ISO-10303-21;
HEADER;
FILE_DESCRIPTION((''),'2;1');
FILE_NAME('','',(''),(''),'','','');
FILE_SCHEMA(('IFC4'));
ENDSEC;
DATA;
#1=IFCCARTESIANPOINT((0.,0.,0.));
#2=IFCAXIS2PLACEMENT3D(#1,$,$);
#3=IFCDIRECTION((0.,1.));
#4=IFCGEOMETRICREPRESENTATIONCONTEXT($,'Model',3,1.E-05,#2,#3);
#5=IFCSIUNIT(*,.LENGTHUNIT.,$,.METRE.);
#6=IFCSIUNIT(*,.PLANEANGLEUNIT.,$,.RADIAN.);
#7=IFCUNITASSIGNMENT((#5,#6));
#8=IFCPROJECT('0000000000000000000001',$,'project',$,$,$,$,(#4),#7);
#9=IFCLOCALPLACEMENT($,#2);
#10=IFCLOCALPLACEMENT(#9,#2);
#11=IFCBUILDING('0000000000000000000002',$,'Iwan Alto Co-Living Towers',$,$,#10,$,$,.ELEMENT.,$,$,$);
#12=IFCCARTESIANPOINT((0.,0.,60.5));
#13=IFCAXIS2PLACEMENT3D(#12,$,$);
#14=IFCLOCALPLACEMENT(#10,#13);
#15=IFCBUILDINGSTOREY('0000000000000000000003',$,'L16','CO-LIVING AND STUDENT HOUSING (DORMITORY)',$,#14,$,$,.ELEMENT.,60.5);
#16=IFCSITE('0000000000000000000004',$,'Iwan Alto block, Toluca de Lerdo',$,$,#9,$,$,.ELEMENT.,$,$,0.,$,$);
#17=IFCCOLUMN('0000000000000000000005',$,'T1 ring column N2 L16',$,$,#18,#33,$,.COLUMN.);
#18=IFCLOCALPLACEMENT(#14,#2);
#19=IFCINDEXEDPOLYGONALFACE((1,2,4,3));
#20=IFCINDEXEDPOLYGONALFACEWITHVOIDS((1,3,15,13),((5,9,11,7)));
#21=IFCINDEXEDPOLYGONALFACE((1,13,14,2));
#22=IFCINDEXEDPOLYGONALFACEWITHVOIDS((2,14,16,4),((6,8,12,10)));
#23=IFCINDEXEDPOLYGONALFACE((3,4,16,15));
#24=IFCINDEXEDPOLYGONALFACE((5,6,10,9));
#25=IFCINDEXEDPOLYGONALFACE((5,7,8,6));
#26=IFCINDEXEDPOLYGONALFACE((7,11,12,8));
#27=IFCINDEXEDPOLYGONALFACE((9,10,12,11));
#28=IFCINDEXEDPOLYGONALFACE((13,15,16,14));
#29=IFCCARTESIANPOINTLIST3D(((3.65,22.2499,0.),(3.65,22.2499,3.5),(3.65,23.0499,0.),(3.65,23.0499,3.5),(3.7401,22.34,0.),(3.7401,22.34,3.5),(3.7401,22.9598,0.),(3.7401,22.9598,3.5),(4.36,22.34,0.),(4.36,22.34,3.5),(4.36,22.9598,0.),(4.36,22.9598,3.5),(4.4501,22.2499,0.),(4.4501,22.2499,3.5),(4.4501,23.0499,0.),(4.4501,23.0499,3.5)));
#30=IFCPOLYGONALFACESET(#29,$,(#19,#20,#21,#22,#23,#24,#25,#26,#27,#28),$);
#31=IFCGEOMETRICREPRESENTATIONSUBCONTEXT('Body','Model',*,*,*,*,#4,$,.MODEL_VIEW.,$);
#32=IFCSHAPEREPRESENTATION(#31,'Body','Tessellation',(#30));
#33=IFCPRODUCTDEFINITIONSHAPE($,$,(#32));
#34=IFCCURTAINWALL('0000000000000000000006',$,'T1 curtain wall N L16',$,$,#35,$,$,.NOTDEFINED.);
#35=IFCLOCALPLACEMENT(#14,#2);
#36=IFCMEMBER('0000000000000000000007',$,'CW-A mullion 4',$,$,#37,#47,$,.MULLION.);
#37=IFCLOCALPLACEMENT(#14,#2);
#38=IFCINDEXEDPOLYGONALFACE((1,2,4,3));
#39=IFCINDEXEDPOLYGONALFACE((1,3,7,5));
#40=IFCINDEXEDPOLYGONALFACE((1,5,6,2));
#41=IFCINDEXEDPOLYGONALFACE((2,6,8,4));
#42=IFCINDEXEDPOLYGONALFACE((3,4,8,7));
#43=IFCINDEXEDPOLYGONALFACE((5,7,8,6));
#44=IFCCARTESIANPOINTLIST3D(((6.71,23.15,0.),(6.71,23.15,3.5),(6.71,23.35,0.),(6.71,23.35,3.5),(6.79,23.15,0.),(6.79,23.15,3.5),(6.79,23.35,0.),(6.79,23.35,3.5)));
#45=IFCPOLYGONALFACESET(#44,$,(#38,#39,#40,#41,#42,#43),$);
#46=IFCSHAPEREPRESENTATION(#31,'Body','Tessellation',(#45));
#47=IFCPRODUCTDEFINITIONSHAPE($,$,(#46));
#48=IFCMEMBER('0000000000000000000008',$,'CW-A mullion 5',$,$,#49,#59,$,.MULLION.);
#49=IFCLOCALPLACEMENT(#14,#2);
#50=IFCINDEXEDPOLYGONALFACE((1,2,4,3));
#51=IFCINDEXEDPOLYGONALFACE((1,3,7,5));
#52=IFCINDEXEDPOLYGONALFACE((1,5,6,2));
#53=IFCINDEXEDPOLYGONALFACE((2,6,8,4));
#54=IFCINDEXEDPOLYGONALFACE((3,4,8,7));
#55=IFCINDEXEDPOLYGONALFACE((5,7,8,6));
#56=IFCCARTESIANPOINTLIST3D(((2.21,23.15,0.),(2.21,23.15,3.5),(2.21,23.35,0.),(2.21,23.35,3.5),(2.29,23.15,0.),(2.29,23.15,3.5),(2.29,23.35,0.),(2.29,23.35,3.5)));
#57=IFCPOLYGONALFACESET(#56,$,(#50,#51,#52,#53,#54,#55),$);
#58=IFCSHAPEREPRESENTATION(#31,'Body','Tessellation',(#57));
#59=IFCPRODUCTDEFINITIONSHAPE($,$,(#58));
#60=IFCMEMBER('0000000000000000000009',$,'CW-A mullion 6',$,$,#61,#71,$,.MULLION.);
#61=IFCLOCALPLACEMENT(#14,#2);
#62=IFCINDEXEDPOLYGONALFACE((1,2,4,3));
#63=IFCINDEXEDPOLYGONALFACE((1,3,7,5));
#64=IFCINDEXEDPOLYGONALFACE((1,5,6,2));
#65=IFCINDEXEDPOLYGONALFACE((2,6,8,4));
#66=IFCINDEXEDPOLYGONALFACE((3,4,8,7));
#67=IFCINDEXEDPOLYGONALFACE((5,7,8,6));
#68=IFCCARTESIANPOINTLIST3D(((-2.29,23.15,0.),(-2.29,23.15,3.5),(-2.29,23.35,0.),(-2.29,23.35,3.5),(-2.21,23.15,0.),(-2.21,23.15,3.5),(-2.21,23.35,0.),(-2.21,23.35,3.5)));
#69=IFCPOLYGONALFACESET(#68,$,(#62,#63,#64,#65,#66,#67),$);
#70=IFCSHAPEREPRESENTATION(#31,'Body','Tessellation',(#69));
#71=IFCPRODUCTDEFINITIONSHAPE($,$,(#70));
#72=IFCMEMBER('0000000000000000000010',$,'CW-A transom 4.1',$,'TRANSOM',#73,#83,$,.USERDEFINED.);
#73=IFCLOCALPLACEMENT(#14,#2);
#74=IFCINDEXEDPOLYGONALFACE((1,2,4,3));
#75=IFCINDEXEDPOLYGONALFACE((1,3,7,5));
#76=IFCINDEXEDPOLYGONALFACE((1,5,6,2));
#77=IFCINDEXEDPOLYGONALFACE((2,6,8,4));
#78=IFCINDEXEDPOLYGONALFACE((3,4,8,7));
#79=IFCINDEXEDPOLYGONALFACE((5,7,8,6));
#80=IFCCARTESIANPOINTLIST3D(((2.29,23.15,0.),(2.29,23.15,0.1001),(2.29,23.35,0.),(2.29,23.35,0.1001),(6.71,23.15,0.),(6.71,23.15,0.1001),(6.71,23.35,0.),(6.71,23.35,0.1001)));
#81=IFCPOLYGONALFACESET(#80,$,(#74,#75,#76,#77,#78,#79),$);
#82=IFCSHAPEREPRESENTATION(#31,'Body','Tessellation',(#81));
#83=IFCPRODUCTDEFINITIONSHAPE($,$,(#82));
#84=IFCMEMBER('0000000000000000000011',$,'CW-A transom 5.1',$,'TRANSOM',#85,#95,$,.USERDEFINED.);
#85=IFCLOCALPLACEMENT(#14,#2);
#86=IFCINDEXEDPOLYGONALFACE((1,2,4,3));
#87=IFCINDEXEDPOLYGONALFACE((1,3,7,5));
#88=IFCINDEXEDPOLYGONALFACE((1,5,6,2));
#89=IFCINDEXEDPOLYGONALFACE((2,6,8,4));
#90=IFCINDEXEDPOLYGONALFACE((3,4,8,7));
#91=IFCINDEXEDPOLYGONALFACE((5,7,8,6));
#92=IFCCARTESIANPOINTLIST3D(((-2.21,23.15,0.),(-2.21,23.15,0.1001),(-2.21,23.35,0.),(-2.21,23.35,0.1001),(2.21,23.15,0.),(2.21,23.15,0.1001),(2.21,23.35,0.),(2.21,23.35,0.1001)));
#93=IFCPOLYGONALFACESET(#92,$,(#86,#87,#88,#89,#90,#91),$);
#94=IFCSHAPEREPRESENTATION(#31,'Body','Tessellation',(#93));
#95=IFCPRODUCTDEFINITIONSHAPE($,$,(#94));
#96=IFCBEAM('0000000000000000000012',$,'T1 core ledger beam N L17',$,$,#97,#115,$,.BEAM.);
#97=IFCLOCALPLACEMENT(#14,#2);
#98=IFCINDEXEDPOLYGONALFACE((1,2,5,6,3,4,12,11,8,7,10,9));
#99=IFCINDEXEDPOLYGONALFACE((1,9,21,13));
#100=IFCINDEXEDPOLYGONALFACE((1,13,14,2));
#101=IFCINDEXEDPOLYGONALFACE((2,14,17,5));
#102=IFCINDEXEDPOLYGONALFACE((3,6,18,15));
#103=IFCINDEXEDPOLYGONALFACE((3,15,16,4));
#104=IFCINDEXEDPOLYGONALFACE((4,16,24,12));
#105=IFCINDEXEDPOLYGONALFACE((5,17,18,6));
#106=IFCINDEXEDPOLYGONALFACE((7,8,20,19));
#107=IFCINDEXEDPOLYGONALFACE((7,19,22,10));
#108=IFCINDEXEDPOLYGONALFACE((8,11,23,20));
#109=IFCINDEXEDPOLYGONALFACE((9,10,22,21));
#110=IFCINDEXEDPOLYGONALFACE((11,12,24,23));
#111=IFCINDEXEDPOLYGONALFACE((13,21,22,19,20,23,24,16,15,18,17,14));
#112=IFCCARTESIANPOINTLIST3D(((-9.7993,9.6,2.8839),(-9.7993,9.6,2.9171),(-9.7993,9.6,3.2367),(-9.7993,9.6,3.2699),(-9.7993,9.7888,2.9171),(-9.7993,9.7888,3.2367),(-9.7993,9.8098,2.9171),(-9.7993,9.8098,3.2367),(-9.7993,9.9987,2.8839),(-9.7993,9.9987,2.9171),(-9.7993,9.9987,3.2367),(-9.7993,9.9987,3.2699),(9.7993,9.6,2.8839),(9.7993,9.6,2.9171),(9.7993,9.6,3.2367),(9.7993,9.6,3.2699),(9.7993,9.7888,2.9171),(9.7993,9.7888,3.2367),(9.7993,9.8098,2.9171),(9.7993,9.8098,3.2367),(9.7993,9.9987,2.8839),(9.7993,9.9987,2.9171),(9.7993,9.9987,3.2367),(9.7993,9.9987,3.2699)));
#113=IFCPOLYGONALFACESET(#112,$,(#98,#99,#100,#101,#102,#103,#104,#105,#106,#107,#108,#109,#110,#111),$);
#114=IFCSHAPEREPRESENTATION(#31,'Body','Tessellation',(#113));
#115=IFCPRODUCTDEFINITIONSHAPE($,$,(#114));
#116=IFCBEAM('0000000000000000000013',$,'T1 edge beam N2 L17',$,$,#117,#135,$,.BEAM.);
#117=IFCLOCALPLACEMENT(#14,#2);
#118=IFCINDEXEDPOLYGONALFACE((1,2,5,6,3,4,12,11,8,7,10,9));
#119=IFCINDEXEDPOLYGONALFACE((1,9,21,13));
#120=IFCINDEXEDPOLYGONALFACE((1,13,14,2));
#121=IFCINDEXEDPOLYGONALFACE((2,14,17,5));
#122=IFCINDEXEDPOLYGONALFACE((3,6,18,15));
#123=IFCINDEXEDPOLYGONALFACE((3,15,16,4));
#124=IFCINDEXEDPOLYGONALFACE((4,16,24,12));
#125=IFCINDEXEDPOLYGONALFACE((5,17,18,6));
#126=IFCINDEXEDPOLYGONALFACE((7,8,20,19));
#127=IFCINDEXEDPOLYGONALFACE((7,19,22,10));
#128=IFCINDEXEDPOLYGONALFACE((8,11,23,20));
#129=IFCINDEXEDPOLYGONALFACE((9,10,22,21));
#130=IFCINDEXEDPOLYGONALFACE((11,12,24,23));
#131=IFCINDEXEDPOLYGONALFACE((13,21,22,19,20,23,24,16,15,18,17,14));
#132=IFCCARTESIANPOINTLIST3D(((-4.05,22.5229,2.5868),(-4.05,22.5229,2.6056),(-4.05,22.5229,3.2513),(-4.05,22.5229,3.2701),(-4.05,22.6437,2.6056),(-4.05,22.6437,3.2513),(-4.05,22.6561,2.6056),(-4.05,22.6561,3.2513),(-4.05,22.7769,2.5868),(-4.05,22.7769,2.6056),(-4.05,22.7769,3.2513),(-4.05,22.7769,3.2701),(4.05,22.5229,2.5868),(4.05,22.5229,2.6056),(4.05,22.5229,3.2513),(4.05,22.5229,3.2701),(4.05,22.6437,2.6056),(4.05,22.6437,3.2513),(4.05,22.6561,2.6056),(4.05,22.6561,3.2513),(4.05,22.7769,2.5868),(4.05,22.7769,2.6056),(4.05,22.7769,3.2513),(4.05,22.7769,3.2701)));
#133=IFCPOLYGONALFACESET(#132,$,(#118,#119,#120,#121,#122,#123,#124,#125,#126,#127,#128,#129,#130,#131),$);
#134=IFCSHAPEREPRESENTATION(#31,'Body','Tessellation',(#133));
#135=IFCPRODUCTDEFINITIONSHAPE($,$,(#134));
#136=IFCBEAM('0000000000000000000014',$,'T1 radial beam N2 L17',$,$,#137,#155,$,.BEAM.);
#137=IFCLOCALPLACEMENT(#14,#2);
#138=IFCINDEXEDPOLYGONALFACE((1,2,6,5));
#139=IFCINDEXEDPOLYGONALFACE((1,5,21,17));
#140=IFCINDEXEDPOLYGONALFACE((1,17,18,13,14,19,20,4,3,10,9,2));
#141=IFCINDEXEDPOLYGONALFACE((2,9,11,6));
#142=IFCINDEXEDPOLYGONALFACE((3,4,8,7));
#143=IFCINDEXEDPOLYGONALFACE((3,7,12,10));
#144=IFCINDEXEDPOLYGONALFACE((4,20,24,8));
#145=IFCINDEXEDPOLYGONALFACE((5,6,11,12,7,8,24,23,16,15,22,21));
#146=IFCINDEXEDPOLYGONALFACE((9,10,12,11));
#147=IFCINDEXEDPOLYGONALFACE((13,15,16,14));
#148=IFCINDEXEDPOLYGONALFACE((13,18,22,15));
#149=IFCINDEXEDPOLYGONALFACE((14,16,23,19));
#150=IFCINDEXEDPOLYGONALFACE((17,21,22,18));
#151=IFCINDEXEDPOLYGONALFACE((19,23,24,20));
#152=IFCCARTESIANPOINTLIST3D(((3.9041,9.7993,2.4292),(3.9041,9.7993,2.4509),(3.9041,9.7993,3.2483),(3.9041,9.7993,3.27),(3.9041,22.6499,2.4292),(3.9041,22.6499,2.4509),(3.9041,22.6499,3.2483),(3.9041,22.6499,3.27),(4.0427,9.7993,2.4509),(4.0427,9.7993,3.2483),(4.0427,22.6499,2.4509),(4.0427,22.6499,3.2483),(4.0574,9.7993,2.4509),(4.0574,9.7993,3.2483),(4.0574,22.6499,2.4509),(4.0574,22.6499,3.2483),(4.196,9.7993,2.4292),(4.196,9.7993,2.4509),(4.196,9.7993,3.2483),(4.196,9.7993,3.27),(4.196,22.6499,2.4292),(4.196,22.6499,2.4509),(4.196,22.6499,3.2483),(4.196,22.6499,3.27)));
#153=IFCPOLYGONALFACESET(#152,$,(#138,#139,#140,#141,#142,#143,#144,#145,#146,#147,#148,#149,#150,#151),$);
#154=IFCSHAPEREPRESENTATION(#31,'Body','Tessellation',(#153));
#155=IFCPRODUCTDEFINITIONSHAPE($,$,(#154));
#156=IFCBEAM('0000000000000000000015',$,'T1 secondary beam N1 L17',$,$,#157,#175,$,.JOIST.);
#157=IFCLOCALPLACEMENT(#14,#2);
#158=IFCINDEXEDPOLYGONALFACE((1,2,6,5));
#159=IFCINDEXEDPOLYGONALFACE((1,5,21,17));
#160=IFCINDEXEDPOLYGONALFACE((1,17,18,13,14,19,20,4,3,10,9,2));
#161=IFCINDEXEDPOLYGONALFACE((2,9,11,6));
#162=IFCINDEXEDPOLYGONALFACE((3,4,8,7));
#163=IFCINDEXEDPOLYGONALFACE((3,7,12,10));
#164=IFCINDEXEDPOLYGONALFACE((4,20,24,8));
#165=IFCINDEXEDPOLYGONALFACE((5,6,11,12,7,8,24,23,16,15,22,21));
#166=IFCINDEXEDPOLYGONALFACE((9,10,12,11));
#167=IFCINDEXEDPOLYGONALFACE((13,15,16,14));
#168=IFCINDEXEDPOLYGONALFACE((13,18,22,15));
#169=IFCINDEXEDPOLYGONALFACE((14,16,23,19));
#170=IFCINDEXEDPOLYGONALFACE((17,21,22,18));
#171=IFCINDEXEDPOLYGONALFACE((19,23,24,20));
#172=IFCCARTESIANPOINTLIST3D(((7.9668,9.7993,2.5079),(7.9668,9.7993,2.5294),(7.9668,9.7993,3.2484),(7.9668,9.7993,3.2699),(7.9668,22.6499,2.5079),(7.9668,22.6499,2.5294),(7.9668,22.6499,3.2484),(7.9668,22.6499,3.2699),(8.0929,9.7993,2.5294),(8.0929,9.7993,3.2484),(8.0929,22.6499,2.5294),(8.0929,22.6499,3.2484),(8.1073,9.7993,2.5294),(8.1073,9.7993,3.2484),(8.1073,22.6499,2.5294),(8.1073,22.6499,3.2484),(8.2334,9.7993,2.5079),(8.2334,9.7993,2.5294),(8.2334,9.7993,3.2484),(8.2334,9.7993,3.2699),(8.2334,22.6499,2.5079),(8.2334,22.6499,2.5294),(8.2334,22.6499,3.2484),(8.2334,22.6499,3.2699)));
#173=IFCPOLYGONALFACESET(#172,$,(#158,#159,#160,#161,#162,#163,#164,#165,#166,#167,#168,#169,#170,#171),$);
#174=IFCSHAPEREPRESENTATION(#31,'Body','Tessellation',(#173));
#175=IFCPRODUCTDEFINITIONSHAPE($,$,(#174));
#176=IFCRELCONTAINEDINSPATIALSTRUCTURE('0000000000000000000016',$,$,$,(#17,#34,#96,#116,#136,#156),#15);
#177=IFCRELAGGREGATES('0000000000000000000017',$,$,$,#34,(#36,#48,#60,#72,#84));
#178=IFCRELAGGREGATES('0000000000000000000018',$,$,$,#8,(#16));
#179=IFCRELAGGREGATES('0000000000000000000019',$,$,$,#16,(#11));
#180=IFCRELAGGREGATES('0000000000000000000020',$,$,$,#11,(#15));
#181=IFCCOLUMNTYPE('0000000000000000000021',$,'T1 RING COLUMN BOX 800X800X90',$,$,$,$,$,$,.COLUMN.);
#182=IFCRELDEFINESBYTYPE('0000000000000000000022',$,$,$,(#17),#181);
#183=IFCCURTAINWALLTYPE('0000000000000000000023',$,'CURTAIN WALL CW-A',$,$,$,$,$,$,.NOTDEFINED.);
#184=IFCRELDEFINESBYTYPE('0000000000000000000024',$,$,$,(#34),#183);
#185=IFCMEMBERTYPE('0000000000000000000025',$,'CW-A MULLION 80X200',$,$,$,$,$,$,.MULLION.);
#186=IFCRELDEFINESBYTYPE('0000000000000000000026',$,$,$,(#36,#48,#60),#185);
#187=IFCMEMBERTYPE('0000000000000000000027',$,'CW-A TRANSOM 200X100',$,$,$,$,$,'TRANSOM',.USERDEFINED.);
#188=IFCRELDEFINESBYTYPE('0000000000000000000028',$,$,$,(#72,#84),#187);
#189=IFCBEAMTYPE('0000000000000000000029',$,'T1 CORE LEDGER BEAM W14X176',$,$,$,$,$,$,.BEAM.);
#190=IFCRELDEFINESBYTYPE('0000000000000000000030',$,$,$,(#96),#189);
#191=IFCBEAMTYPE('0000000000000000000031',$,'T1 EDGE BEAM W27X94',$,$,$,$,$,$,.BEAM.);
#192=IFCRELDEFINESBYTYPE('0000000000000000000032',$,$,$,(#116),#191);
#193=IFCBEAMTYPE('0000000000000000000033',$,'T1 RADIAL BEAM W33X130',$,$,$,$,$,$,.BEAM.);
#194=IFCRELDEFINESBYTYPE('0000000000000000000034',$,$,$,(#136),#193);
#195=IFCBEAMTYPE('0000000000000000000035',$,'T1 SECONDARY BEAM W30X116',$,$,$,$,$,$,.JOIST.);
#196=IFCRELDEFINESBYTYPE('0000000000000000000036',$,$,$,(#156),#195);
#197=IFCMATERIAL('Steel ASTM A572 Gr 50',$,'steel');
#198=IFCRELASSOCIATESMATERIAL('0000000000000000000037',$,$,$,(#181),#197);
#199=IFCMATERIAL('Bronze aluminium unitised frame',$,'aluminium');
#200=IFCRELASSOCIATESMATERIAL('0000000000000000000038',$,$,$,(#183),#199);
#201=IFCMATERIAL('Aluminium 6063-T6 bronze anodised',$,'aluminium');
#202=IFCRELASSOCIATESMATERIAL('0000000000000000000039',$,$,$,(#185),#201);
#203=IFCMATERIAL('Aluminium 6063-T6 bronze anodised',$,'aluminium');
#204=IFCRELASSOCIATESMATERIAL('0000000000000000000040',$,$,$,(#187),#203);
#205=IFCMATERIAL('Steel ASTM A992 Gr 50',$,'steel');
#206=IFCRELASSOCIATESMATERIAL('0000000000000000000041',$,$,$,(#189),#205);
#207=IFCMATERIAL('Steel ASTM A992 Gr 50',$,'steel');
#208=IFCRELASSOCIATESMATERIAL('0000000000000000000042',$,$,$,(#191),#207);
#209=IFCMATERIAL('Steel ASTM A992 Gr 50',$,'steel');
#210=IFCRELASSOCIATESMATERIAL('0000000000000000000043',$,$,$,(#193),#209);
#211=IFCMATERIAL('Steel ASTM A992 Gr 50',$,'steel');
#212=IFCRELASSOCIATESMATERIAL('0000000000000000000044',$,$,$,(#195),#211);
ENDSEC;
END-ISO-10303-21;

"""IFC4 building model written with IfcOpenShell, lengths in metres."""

from ifc_helpers import new_model, si_unit, direction, frame, origin, origin_2d, place, context, subcontext, project, spatial, rectangle, hollow_rectangle, i_section, extrude, material, material_profile, profile_set, type_object, element, aggregate, save


model = new_model("IFC4")

# Units and contexts
model_context = context("Model", 3, precision=1e-05, world=origin(), true_north=direction((0.0, 1.0)))
body_context = subcontext(model_context, "Body", "Model", "MODEL_VIEW")
ifc_project = project(units=[si_unit("LENGTHUNIT", "METRE"), si_unit("PLANEANGLEUNIT", "RADIAN")], contexts=[model_context])

# Site, building, storey
site_placement = place(None, origin())
site = spatial("IfcSite", under=ifc_project, at=site_placement, Name="Iwan Alto block, Toluca de Lerdo", CompositionType="ELEMENT", RefElevation=0.0)
building_placement = place(site_placement, origin())
building = spatial("IfcBuilding", under=site, at=building_placement, Name="Iwan Alto Co-Living Towers", CompositionType="ELEMENT")
storey_placement = place(building_placement, frame((0.0, 0.0, 60.5)))
storey = spatial("IfcBuildingStorey", under=building, at=storey_placement, Name="L16", Description="CO-LIVING AND STUDENT HOUSING (DORMITORY)", CompositionType="ELEMENT", Elevation=60.5)

# Column
ifc_material_1 = material(Name="Steel ASTM A572 Gr 50", Category="steel")
ifc_material_profile_1 = material_profile(ifc_material_1, hollow_rectangle(XDim=0.8, YDim=0.8, WallThickness=0.0901, at=origin_2d()), Name="BOX 800X800X90")
ifc_profile_set_1 = profile_set([ifc_material_profile_1], Name="Steel ASTM A572 Gr 50")
column_type = type_object("IfcColumnType", Name="T1 RING COLUMN BOX 800X800X90", PredefinedType="COLUMN", material=ifc_profile_set_1)
column_placement = place(storey_placement, frame((4.05, 22.6499, 0.0), z_axis=(0.0, 0.0, 1.0), x_axis=(1.0, 0.0, 0.0)))
element("IfcColumn", 1, at=column_placement, inside=storey, type_object=column_type, Name="T1 ring column N2 L16", PredefinedType="COLUMN", context=body_context, shape_type="SweptSolid", body=[
    extrude(hollow_rectangle(XDim=0.8, YDim=0.8, WallThickness=0.0901, at=origin_2d()), origin(), (0.0, 0.0, 1.0), 3.5),
])

# Curtain wall, members
ifc_material_2 = material(Name="Bronze aluminium unitised frame", Category="aluminium")
curtain_wall_type = type_object("IfcCurtainWallType", Name="CURTAIN WALL CW-A", PredefinedType="NOTDEFINED", material=ifc_material_2)
curtain_wall_placement = place(storey_placement, origin())
curtain_wall = element("IfcCurtainWall", 2, at=curtain_wall_placement, inside=storey, type_object=curtain_wall_type, Name="T1 curtain wall N L16", PredefinedType="NOTDEFINED")
ifc_material_3 = material(Name="Aluminium 6063-T6 bronze anodised", Category="aluminium")
ifc_material_profile_2 = material_profile(ifc_material_3, rectangle(XDim=0.2, YDim=0.0801, at=origin_2d()), Name="AL 80X200")
ifc_profile_set_2 = profile_set([ifc_material_profile_2], Name="Aluminium 6063-T6 bronze anodised")
member_type_1 = type_object("IfcMemberType", Name="CW-A MULLION 80X200", PredefinedType="MULLION", material=ifc_profile_set_2)
member_1_placement = place(storey_placement, frame((6.75, 23.25, 0.0), z_axis=(0.0, 0.0, 1.0), x_axis=(0.0, -1.0, 0.0)))
member_1 = element("IfcMember", 3, at=member_1_placement, type_object=member_type_1, Name="CW-A mullion 4", PredefinedType="MULLION", context=body_context, shape_type="SweptSolid", body=[
    extrude(rectangle(XDim=0.2, YDim=0.0801, at=origin_2d()), origin(), (0.0, 0.0, 1.0), 3.5),
])
member_2_placement = place(storey_placement, frame((2.25, 23.25, 0.0), z_axis=(0.0, 0.0, 1.0), x_axis=(0.0, -1.0, 0.0)))
member_2 = element("IfcMember", 4, at=member_2_placement, type_object=member_type_1, Name="CW-A mullion 5", PredefinedType="MULLION", context=body_context, shape_type="SweptSolid", body=[
    extrude(rectangle(XDim=0.2, YDim=0.0801, at=origin_2d()), origin(), (0.0, 0.0, 1.0), 3.5),
])
member_3_placement = place(storey_placement, frame((-2.25, 23.25, 0.0), z_axis=(0.0, 0.0, 1.0), x_axis=(0.0, -1.0, 0.0)))
member_3 = element("IfcMember", 5, at=member_3_placement, type_object=member_type_1, Name="CW-A mullion 6", PredefinedType="MULLION", context=body_context, shape_type="SweptSolid", body=[
    extrude(rectangle(XDim=0.2, YDim=0.0801, at=origin_2d()), origin(), (0.0, 0.0, 1.0), 3.5),
])
ifc_material_4 = material(Name="Aluminium 6063-T6 bronze anodised", Category="aluminium")
ifc_material_profile_3 = material_profile(ifc_material_4, rectangle(XDim=0.2, YDim=0.1001, at=origin_2d()), Name="AL 200X100")
ifc_profile_set_3 = profile_set([ifc_material_profile_3], Name="Aluminium 6063-T6 bronze anodised")
member_type_2 = type_object("IfcMemberType", Name="CW-A TRANSOM 200X100", ElementType="TRANSOM", PredefinedType="USERDEFINED", material=ifc_profile_set_3)
member_4_placement = place(storey_placement, frame((6.71, 23.25, 0.05), z_axis=(-1.0, 0.0, 0.0), x_axis=(0.0, -1.0, 0.0)))
member_4 = element("IfcMember", 6, at=member_4_placement, type_object=member_type_2, Name="CW-A transom 4.1", ObjectType="TRANSOM", PredefinedType="USERDEFINED", context=body_context, shape_type="SweptSolid", body=[
    extrude(rectangle(XDim=0.2, YDim=0.1001, at=origin_2d()), origin(), (0.0, 0.0, 1.0), 4.4199),
])
member_5_placement = place(storey_placement, frame((2.21, 23.25, 0.05), z_axis=(-1.0, 0.0, 0.0), x_axis=(0.0, -1.0, 0.0)))
member_5 = element("IfcMember", 7, at=member_5_placement, type_object=member_type_2, Name="CW-A transom 5.1", ObjectType="TRANSOM", PredefinedType="USERDEFINED", context=body_context, shape_type="SweptSolid", body=[
    extrude(rectangle(XDim=0.2, YDim=0.1001, at=origin_2d()), origin(), (0.0, 0.0, 1.0), 4.4199),
])

# Beams
ifc_material_5 = material(Name="Steel ASTM A992 Gr 50", Category="steel")
ifc_material_profile_4 = material_profile(ifc_material_5, i_section(OverallWidth=0.3987, OverallDepth=0.386, WebThickness=0.021, FlangeThickness=0.0332, at=origin_2d()), Name="W14X176")
ifc_profile_set_4 = profile_set([ifc_material_profile_4], Name="Steel ASTM A992 Gr 50")
beam_type_1 = type_object("IfcBeamType", Name="T1 CORE LEDGER BEAM W14X176", PredefinedType="BEAM", material=ifc_profile_set_4)
beam_1_placement = place(storey_placement, frame((9.7993, 9.7993, 3.0769), z_axis=(-1.0, 0.0, 0.0), x_axis=(0.0, -1.0, 0.0)))
element("IfcBeam", 8, at=beam_1_placement, inside=storey, type_object=beam_type_1, Name="T1 core ledger beam N L17", PredefinedType="BEAM", context=body_context, shape_type="SweptSolid", body=[
    extrude(i_section(OverallWidth=0.3987, OverallDepth=0.386, WebThickness=0.021, FlangeThickness=0.0332, at=origin_2d()), origin(), (0.0, 0.0, 1.0), 19.5986),
])
ifc_material_6 = material(Name="Steel ASTM A992 Gr 50", Category="steel")
ifc_material_profile_5 = material_profile(ifc_material_6, i_section(OverallWidth=0.2539, OverallDepth=0.6833, WebThickness=0.0125, FlangeThickness=0.0188, at=origin_2d()), Name="W27X94")
ifc_profile_set_5 = profile_set([ifc_material_profile_5], Name="Steel ASTM A992 Gr 50")
beam_type_2 = type_object("IfcBeamType", Name="T1 EDGE BEAM W27X94", PredefinedType="BEAM", material=ifc_profile_set_5)
beam_2_placement = place(storey_placement, frame((4.05, 22.6499, 2.9285), z_axis=(-1.0, 0.0, 0.0), x_axis=(0.0, -1.0, 0.0)))
element("IfcBeam", 9, at=beam_2_placement, inside=storey, type_object=beam_type_2, Name="T1 edge beam N2 L17", PredefinedType="BEAM", context=body_context, shape_type="SweptSolid", body=[
    extrude(i_section(OverallWidth=0.2539, OverallDepth=0.6833, WebThickness=0.0125, FlangeThickness=0.0188, at=origin_2d()), origin(), (0.0, 0.0, 1.0), 8.1001),
])
ifc_material_7 = material(Name="Steel ASTM A992 Gr 50", Category="steel")
ifc_material_profile_6 = material_profile(ifc_material_7, i_section(OverallWidth=0.292, OverallDepth=0.8408, WebThickness=0.0146, FlangeThickness=0.0217, at=origin_2d()), Name="W33X130")
ifc_profile_set_6 = profile_set([ifc_material_profile_6], Name="Steel ASTM A992 Gr 50")
beam_type_3 = type_object("IfcBeamType", Name="T1 RADIAL BEAM W33X130", PredefinedType="BEAM", material=ifc_profile_set_6)
beam_3_placement = place(storey_placement, frame((4.05, 22.6499, 2.8496), z_axis=(0.0, -1.0, 0.0), x_axis=(1.0, 0.0, 0.0)))
element("IfcBeam", 10, at=beam_3_placement, inside=storey, type_object=beam_type_3, Name="T1 radial beam N2 L17", PredefinedType="BEAM", context=body_context, shape_type="SweptSolid", body=[
    extrude(i_section(OverallWidth=0.292, OverallDepth=0.8408, WebThickness=0.0146, FlangeThickness=0.0217, at=origin_2d()), origin(), (0.0, 0.0, 1.0), 12.8506),
])
ifc_material_8 = material(Name="Steel ASTM A992 Gr 50", Category="steel")
ifc_material_profile_7 = material_profile(ifc_material_8, i_section(OverallWidth=0.2666, OverallDepth=0.762, WebThickness=0.0144, FlangeThickness=0.0215, at=origin_2d()), Name="W30X116")
ifc_profile_set_7 = profile_set([ifc_material_profile_7], Name="Steel ASTM A992 Gr 50")
beam_type_4 = type_object("IfcBeamType", Name="T1 SECONDARY BEAM W30X116", PredefinedType="JOIST", material=ifc_profile_set_7)
for number, where, z_axis, x_axis, name in (
    (11, (8.1001, 22.6499, 2.8889), (0.0, -1.0, 0.0), (1.0, 0.0, 0.0), "T1 secondary beam N1 L17"),
):
    element("IfcBeam", number, at=place(storey_placement, frame(where, z_axis=z_axis, x_axis=x_axis)), inside=storey, type_object=beam_type_4, Name=name, PredefinedType="JOIST", context=body_context, shape_type="SweptSolid", body=[
        extrude(i_section(OverallWidth=0.2666, OverallDepth=0.762, WebThickness=0.0144, FlangeThickness=0.0215, at=origin_2d()), origin(), (0.0, 0.0, 1.0), 12.8506),
    ])

aggregate(curtain_wall, [member_1, member_2, member_3, member_4, member_5])

save(model, "model.ifc")
